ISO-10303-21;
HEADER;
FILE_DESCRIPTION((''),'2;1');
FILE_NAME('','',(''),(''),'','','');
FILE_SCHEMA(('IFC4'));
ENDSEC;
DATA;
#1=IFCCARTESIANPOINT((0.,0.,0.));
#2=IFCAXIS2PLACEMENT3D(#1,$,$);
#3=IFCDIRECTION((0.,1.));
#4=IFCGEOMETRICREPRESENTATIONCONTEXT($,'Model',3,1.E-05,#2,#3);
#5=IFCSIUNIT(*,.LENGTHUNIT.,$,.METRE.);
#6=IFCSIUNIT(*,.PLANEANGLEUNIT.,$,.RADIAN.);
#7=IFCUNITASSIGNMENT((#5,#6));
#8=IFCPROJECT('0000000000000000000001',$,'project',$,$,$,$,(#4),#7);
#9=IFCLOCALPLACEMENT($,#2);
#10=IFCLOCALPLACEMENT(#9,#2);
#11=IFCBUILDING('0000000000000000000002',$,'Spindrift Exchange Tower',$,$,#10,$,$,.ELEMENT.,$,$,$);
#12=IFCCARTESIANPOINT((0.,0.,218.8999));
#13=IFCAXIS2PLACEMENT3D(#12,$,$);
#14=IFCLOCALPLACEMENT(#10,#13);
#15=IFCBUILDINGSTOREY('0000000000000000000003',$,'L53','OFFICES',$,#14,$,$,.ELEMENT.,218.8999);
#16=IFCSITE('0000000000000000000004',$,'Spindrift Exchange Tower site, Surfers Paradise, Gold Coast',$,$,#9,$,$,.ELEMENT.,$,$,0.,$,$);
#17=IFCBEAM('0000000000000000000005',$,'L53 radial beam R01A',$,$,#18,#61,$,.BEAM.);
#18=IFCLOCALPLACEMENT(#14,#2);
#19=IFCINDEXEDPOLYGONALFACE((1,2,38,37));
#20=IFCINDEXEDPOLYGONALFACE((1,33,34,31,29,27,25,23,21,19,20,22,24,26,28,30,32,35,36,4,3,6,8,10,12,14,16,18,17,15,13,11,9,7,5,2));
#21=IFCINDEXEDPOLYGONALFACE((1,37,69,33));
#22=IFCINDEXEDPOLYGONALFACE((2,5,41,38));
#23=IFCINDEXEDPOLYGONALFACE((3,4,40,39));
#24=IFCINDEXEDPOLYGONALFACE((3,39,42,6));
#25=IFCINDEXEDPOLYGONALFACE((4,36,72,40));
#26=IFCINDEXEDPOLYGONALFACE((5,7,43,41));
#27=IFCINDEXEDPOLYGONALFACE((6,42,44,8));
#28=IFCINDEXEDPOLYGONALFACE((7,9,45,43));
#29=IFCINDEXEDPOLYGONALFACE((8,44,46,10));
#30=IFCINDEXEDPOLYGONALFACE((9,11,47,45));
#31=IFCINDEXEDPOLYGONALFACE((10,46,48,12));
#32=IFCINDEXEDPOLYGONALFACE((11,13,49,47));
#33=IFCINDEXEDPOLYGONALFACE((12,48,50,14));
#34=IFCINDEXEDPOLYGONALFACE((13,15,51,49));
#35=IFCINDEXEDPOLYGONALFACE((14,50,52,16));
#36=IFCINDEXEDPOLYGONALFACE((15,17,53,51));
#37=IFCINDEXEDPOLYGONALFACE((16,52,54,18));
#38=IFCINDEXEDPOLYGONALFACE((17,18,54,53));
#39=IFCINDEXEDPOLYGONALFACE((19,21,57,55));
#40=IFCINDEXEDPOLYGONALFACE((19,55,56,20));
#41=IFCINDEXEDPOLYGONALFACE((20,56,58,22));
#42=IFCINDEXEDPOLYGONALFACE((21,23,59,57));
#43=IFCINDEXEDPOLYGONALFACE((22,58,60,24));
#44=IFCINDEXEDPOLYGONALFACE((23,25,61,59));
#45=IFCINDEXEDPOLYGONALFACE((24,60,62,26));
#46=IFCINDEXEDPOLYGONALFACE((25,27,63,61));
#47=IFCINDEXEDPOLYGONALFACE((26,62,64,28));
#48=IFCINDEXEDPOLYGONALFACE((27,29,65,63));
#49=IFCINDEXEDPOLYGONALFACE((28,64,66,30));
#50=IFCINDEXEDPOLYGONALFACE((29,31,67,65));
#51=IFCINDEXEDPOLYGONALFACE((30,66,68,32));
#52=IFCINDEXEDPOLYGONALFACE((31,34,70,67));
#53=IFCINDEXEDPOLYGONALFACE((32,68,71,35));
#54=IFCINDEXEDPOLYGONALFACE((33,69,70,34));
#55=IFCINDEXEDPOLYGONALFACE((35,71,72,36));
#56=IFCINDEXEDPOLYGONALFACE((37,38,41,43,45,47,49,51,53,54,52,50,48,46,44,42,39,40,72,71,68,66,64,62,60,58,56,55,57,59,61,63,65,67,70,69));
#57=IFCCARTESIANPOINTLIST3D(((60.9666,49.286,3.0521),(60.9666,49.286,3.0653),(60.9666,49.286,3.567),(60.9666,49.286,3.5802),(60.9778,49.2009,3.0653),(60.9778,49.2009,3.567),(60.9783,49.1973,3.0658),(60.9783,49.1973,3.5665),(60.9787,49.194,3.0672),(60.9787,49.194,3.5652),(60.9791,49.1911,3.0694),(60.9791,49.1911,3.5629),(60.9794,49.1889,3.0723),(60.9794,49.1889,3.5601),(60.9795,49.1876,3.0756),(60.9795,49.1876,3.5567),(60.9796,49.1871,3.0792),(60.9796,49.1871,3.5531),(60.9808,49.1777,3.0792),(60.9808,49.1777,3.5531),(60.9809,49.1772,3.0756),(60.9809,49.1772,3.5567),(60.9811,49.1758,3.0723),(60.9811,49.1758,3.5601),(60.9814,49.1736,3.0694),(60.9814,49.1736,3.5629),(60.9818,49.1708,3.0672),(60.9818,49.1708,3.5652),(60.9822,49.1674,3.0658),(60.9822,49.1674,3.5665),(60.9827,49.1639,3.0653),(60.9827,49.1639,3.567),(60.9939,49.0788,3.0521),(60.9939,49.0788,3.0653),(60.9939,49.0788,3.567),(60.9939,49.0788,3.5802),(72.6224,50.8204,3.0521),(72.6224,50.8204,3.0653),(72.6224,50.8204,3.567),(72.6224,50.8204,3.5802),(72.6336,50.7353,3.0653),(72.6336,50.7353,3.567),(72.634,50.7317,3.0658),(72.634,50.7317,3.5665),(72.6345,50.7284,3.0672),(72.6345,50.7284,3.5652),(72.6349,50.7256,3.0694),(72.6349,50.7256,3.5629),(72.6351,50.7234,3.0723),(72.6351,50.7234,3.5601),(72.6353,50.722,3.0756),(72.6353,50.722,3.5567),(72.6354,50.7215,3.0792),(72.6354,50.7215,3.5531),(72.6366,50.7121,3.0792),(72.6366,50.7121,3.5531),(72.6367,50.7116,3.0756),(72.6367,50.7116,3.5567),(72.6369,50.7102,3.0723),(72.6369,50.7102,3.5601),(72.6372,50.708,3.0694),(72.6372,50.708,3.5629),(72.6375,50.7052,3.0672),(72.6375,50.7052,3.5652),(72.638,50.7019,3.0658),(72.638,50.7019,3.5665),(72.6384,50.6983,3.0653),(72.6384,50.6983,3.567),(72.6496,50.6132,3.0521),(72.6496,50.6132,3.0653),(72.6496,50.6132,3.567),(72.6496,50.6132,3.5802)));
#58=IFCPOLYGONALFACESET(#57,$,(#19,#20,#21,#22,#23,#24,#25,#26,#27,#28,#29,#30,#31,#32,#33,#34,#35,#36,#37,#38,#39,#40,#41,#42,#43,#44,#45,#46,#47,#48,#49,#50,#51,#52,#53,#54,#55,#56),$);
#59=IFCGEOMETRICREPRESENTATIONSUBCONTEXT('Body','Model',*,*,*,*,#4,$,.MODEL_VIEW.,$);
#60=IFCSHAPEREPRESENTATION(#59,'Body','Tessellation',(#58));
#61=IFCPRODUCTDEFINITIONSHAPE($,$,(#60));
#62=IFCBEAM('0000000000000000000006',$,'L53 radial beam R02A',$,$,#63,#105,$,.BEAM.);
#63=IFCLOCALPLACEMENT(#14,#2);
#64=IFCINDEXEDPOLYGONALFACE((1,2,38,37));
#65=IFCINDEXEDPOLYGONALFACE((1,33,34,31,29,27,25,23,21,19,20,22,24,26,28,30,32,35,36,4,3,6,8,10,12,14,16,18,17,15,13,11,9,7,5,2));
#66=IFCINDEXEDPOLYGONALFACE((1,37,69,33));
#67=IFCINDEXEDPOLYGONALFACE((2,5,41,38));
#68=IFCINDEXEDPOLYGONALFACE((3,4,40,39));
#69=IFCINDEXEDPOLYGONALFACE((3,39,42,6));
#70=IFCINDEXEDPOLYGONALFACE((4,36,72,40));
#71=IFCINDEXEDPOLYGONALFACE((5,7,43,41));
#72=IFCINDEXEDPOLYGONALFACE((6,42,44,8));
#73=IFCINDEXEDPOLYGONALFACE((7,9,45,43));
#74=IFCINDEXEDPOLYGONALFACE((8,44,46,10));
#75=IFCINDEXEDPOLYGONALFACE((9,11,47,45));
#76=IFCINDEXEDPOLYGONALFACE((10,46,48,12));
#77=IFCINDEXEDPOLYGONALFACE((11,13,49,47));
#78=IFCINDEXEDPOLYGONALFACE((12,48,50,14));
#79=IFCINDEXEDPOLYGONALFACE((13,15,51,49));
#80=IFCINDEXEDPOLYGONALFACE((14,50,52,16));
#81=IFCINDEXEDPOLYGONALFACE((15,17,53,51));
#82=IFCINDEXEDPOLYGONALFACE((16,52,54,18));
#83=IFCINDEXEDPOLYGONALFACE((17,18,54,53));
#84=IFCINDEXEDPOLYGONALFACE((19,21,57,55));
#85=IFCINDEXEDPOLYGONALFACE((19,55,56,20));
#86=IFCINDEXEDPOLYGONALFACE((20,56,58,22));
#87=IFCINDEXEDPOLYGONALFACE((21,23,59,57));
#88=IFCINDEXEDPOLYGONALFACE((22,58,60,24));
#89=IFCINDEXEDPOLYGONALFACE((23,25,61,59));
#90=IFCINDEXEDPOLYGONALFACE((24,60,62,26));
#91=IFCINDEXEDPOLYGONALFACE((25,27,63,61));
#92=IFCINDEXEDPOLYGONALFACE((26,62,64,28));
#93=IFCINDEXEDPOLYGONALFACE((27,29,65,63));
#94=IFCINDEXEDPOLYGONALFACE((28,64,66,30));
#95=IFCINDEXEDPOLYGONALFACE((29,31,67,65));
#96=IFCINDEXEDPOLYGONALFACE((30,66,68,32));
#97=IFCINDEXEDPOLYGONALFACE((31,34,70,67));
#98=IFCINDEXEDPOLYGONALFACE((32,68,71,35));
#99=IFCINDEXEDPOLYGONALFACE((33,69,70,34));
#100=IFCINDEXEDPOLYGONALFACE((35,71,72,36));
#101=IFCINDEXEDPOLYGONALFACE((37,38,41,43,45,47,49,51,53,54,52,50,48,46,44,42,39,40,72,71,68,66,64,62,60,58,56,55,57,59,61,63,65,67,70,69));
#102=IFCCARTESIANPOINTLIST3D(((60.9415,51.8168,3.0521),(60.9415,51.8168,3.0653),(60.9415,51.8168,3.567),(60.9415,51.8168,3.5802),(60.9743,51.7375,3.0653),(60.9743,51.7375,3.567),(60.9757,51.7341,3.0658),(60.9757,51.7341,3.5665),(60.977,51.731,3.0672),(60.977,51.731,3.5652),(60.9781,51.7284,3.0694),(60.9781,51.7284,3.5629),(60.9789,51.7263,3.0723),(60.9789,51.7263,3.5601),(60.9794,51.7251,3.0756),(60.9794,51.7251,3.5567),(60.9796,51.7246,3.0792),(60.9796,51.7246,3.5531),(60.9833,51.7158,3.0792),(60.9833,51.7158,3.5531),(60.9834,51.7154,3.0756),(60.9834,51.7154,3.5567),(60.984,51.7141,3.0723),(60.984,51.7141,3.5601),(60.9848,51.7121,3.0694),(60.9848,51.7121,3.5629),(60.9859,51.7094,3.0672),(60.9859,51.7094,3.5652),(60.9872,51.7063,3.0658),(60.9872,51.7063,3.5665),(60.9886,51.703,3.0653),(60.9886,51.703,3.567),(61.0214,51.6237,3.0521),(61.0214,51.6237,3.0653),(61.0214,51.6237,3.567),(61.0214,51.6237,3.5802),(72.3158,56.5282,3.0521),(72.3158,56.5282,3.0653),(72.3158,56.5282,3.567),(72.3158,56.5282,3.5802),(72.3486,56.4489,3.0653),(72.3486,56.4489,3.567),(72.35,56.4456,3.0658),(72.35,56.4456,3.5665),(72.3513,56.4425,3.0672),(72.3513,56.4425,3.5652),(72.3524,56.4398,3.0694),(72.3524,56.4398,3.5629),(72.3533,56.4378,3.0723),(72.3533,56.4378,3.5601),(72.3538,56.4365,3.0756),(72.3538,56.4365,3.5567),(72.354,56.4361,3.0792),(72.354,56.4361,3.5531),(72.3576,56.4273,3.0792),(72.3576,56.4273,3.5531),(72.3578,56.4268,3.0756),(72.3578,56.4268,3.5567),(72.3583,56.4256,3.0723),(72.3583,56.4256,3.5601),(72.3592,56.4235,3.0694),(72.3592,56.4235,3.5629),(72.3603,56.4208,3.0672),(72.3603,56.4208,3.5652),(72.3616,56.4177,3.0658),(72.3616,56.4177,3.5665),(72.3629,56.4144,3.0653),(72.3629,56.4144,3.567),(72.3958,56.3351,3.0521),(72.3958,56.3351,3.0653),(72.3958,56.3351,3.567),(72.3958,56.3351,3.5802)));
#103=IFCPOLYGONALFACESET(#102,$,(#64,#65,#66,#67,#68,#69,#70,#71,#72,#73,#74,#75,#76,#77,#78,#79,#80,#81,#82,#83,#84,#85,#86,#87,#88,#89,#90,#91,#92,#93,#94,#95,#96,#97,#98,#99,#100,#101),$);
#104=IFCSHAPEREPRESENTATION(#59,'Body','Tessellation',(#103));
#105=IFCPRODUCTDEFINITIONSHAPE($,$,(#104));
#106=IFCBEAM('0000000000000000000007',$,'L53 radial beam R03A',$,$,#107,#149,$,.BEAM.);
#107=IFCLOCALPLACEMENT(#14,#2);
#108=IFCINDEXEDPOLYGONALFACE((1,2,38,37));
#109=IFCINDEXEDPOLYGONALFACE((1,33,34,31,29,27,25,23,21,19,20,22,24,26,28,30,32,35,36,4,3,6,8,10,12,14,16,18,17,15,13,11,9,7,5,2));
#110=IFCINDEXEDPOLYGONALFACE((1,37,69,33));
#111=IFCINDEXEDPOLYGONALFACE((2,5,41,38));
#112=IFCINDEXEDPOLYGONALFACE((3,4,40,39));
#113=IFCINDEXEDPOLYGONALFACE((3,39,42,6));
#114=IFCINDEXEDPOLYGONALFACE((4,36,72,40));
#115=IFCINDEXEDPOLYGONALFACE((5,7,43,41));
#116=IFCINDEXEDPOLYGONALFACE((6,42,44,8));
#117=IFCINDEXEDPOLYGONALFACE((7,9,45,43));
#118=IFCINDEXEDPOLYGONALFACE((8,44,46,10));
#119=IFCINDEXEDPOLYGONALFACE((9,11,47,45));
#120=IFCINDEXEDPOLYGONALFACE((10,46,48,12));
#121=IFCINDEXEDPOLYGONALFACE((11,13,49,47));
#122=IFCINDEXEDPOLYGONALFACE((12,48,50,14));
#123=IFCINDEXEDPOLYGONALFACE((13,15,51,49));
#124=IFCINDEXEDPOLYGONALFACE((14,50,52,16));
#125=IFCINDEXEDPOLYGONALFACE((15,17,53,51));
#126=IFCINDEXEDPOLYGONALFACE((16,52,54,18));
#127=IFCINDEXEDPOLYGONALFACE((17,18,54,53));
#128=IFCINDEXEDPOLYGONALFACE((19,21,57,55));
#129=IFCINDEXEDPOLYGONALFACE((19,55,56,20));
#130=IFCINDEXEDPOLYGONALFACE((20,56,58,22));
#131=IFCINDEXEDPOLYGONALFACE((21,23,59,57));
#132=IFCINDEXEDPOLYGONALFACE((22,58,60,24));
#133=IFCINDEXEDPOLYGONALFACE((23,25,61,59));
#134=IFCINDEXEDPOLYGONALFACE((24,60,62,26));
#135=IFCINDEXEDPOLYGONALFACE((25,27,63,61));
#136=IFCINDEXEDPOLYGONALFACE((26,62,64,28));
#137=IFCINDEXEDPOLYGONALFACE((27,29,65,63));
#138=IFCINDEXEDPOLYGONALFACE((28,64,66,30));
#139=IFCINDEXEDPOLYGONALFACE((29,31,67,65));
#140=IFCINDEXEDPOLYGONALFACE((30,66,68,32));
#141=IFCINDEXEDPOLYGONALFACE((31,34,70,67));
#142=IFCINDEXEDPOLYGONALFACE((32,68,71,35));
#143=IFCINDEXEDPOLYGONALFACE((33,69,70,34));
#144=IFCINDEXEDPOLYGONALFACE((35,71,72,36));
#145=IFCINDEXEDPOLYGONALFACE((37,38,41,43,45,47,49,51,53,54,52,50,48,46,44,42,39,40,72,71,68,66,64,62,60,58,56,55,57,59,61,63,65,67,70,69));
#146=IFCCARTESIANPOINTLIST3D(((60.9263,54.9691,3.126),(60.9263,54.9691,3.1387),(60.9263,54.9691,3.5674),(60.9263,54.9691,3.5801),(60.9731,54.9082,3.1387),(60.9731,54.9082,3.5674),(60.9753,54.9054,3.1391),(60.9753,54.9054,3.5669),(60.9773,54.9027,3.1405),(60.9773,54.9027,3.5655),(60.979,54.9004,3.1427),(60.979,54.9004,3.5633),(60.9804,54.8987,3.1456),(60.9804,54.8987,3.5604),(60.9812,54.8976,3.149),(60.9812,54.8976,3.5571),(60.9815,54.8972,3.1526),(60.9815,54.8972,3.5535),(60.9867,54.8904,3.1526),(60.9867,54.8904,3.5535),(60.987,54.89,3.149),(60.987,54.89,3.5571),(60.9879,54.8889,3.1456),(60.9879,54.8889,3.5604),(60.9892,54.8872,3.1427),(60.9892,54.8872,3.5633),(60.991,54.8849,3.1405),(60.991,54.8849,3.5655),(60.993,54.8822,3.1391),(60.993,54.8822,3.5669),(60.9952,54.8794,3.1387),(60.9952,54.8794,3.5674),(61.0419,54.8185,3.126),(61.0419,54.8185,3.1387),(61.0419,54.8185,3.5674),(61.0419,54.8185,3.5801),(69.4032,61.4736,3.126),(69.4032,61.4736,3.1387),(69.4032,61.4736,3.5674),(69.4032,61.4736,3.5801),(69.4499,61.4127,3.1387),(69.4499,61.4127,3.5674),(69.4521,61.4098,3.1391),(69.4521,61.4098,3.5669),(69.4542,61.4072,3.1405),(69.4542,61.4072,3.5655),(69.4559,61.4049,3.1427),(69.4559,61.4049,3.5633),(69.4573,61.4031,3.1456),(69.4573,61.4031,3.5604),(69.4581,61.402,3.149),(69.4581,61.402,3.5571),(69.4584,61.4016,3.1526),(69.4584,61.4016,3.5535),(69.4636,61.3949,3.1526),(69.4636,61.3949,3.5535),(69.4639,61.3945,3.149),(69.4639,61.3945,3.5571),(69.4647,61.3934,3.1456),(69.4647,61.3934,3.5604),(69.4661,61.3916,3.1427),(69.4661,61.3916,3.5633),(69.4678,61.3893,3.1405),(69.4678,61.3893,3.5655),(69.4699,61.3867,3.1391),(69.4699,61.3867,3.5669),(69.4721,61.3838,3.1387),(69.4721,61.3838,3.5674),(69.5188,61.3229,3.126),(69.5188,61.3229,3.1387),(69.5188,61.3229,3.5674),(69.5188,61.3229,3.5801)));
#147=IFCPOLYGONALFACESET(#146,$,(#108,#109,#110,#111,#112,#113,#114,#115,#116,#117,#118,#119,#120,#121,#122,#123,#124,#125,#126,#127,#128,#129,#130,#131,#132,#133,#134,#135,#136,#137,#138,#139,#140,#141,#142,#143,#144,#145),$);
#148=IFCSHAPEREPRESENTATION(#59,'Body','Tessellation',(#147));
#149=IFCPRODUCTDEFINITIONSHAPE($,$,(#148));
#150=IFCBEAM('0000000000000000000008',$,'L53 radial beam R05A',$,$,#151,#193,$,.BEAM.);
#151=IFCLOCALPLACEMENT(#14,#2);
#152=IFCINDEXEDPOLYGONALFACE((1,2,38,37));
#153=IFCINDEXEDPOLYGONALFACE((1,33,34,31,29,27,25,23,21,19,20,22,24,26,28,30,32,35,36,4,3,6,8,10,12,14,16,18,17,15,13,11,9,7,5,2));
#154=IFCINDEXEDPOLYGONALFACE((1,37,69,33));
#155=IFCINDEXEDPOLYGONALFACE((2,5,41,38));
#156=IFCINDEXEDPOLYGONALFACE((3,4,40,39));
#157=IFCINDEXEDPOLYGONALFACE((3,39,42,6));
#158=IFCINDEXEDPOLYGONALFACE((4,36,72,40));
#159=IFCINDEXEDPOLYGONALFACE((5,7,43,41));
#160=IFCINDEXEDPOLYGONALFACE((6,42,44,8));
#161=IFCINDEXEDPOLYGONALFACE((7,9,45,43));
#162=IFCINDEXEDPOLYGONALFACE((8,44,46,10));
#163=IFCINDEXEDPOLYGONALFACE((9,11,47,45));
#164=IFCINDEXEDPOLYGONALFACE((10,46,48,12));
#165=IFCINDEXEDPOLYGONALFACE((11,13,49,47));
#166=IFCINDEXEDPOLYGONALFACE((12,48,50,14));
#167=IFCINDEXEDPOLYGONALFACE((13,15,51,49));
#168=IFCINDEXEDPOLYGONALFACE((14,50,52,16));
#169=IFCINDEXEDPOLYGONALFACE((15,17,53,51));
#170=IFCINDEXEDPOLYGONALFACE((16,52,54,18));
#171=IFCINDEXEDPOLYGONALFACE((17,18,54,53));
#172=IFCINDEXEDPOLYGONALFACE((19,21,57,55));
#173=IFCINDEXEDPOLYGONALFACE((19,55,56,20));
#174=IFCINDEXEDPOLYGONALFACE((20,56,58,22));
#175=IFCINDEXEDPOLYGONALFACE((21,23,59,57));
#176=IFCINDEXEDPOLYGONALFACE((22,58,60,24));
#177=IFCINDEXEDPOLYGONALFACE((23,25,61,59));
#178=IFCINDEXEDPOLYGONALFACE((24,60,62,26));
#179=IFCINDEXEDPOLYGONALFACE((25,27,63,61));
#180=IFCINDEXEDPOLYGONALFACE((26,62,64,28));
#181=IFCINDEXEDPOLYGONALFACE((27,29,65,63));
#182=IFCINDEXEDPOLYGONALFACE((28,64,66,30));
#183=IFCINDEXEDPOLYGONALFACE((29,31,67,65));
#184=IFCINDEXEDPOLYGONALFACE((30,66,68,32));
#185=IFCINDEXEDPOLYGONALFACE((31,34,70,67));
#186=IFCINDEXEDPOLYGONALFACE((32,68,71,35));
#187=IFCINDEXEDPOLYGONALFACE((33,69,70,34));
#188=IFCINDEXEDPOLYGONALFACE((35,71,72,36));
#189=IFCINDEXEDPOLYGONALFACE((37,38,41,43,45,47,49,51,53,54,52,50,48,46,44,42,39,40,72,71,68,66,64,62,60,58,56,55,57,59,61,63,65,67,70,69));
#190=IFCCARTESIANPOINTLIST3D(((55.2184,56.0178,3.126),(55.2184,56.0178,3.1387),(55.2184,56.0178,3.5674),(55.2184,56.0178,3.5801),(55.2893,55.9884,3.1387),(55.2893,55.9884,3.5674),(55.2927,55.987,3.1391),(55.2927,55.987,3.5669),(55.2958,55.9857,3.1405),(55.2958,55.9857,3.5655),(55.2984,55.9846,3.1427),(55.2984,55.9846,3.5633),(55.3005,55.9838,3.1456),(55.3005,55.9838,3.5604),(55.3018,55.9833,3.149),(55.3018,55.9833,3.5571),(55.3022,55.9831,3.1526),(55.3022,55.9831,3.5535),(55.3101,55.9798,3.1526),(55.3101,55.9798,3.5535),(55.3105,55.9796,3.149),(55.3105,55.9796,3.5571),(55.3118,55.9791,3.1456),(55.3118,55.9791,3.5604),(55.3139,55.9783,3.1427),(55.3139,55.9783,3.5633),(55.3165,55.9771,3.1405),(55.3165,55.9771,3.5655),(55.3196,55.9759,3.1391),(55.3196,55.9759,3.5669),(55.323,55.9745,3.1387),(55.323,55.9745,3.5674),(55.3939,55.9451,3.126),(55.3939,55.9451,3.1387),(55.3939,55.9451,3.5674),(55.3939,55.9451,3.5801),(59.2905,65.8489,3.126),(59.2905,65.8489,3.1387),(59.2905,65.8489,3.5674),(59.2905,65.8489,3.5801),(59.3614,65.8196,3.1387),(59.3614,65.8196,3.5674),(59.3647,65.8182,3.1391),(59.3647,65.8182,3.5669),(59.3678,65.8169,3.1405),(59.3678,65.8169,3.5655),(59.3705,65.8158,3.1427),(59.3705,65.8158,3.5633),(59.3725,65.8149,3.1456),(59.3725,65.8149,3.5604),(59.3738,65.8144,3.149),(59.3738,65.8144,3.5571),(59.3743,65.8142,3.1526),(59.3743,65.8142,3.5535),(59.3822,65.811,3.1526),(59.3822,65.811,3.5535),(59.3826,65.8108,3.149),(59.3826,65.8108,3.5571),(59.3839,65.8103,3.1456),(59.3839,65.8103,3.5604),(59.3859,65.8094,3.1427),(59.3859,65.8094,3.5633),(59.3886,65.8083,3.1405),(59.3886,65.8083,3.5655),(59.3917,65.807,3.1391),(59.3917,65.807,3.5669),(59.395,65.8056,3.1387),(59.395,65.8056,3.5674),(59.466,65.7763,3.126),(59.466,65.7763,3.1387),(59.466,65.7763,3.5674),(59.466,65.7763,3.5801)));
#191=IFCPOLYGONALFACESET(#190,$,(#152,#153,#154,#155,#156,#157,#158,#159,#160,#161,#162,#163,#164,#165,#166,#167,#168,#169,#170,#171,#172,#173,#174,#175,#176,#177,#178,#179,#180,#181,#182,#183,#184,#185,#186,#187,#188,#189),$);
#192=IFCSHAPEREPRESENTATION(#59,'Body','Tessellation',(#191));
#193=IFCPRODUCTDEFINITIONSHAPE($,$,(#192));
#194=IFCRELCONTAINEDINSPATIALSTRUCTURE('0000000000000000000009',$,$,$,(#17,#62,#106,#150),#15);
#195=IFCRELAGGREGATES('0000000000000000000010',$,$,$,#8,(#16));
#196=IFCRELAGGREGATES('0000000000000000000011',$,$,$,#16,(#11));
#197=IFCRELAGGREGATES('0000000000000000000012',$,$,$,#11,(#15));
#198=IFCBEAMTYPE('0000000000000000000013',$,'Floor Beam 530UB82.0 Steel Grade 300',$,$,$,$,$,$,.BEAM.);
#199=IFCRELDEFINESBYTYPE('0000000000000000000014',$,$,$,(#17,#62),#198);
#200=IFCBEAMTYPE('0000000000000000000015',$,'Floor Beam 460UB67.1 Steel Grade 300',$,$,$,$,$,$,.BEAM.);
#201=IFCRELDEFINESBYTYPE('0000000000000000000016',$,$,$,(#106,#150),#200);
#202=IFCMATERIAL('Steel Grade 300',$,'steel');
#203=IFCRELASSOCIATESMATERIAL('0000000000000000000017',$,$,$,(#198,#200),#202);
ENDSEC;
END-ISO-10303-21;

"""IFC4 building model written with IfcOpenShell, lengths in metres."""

from ifc_helpers import new_model, si_unit, direction, frame, origin, origin_2d, place, context, subcontext, project, spatial, i_section, extrude, source, transform, mapped, material, material_profile, profile_set, type_object, element, save


model = new_model("IFC4")

# Units and contexts
model_context = context("Model", 3, precision=1e-05, world=origin(), true_north=direction((0.0, 1.0)))
body_context = subcontext(model_context, "Body", "Model", "MODEL_VIEW")
ifc_project = project(units=[si_unit("LENGTHUNIT", "METRE"), si_unit("PLANEANGLEUNIT", "RADIAN")], contexts=[model_context])

# Site, building, storey
site_placement = place(None, origin())
site = spatial("IfcSite", under=ifc_project, at=site_placement, Name="Spindrift Exchange Tower site, Surfers Paradise, Gold Coast", CompositionType="ELEMENT", RefElevation=0.0)
building_placement = place(site_placement, origin())
building = spatial("IfcBuilding", under=site, at=building_placement, Name="Spindrift Exchange Tower", CompositionType="ELEMENT")
storey_placement = place(building_placement, frame((0.0, 0.0, 218.8999)))
storey = spatial("IfcBuildingStorey", under=building, at=storey_placement, Name="L53", Description="OFFICES", CompositionType="ELEMENT", Elevation=218.8999)

# Beams
ifc_material_1 = material(Name="Steel Grade 300", Category="steel")
ifc_material_profile_1 = material_profile(ifc_material_1, i_section(OverallWidth=0.209, OverallDepth=0.5281, WebThickness=0.0095, FlangeThickness=0.0132, FilletRadius=0.0139, at=origin_2d()), Name="530UB82.0")
ifc_profile_set_1 = profile_set([ifc_material_profile_1], Name="Steel Grade 300")
beam_type_1 = type_object("IfcBeamType", Name="Floor Beam 530UB82.0 Steel Grade 300", PredefinedType="BEAM", material=ifc_profile_set_1)
shared_shape_1 = source(origin(), body_context, "Body", "SweptSolid", [
    extrude(i_section(OverallWidth=0.209, OverallDepth=0.5281, WebThickness=0.0095, FlangeThickness=0.0132, FilletRadius=0.0139, at=origin_2d()), origin(), (0.0, 0.0, 1.0), 11.7563),
])
beam_1_placement = place(storey_placement, frame((60.9802, 49.1824, 3.3162), z_axis=(0.991446, 0.130519, 0.0), x_axis=(-0.130519, 0.991446, 0.0)))
element("IfcBeam", 1, at=beam_1_placement, inside=storey, type_object=beam_type_1, Name="L53 radial beam R01A", PredefinedType="BEAM", context=body_context, shape_type="MappedRepresentation", body=[
    mapped(shared_shape_1, transform((0.0, 0.0, 0.0), scale=1.0)),
])
shared_shape_2 = source(origin(), body_context, "Body", "SweptSolid", [
    extrude(i_section(OverallWidth=0.209, OverallDepth=0.5281, WebThickness=0.0095, FlangeThickness=0.0132, FilletRadius=0.0139, at=origin_2d()), origin(), (0.0, 0.0, 1.0), 12.3115),
])
beam_2_placement = place(storey_placement, frame((60.9814, 51.7202, 3.3162), z_axis=(0.923878, 0.382687, 0.0), x_axis=(-0.382687, 0.923878, 0.0)))
element("IfcBeam", 2, at=beam_2_placement, inside=storey, type_object=beam_type_1, Name="L53 radial beam R02A", PredefinedType="BEAM", context=body_context, shape_type="MappedRepresentation", body=[
    mapped(shared_shape_2, transform((0.0, 0.0, 0.0), scale=1.0)),
])
ifc_material_profile_2 = material_profile(ifc_material_1, i_section(OverallWidth=0.1899, OverallDepth=0.4541, WebThickness=0.0085, FlangeThickness=0.0127, FilletRadius=0.0139, at=origin_2d()), Name="460UB67.1")
ifc_profile_set_2 = profile_set([ifc_material_profile_2], Name="Steel Grade 300")
beam_type_2 = type_object("IfcBeamType", Name="Floor Beam 460UB67.1 Steel Grade 300", PredefinedType="BEAM", material=ifc_profile_set_2)
shared_shape_3 = source(origin(), body_context, "Body", "SweptSolid", [
    extrude(i_section(OverallWidth=0.1899, OverallDepth=0.4541, WebThickness=0.0085, FlangeThickness=0.0127, FilletRadius=0.0139, at=origin_2d()), origin(), (0.0, 0.0, 1.0), 10.6848),
])
beam_3_placement = place(storey_placement, frame((60.9841, 54.8938, 3.353), z_axis=(0.793357, 0.608756, 0.0), x_axis=(-0.608756, 0.793357, 0.0)))
element("IfcBeam", 3, at=beam_3_placement, inside=storey, type_object=beam_type_2, Name="L53 radial beam R03A", PredefinedType="BEAM", context=body_context, shape_type="MappedRepresentation", body=[
    mapped(shared_shape_3, transform((0.0, 0.0, 0.0), scale=1.0)),
])
shared_shape_4 = source(origin(), body_context, "Body", "SweptSolid", [
    extrude(i_section(OverallWidth=0.1899, OverallDepth=0.4541, WebThickness=0.0085, FlangeThickness=0.0127, FilletRadius=0.0139, at=origin_2d()), origin(), (0.0, 0.0, 1.0), 10.6411),
])
beam_4_placement = place(storey_placement, frame((55.3062, 55.9814, 3.353), z_axis=(0.382673, 0.923884, 0.0), x_axis=(-0.923884, 0.382673, 0.0)))
element("IfcBeam", 4, at=beam_4_placement, inside=storey, type_object=beam_type_2, Name="L53 radial beam R05A", PredefinedType="BEAM", context=body_context, shape_type="MappedRepresentation", body=[
    mapped(shared_shape_4, transform((0.0, 0.0, 0.0), scale=1.0)),
])

save(model, "model.ifc")
